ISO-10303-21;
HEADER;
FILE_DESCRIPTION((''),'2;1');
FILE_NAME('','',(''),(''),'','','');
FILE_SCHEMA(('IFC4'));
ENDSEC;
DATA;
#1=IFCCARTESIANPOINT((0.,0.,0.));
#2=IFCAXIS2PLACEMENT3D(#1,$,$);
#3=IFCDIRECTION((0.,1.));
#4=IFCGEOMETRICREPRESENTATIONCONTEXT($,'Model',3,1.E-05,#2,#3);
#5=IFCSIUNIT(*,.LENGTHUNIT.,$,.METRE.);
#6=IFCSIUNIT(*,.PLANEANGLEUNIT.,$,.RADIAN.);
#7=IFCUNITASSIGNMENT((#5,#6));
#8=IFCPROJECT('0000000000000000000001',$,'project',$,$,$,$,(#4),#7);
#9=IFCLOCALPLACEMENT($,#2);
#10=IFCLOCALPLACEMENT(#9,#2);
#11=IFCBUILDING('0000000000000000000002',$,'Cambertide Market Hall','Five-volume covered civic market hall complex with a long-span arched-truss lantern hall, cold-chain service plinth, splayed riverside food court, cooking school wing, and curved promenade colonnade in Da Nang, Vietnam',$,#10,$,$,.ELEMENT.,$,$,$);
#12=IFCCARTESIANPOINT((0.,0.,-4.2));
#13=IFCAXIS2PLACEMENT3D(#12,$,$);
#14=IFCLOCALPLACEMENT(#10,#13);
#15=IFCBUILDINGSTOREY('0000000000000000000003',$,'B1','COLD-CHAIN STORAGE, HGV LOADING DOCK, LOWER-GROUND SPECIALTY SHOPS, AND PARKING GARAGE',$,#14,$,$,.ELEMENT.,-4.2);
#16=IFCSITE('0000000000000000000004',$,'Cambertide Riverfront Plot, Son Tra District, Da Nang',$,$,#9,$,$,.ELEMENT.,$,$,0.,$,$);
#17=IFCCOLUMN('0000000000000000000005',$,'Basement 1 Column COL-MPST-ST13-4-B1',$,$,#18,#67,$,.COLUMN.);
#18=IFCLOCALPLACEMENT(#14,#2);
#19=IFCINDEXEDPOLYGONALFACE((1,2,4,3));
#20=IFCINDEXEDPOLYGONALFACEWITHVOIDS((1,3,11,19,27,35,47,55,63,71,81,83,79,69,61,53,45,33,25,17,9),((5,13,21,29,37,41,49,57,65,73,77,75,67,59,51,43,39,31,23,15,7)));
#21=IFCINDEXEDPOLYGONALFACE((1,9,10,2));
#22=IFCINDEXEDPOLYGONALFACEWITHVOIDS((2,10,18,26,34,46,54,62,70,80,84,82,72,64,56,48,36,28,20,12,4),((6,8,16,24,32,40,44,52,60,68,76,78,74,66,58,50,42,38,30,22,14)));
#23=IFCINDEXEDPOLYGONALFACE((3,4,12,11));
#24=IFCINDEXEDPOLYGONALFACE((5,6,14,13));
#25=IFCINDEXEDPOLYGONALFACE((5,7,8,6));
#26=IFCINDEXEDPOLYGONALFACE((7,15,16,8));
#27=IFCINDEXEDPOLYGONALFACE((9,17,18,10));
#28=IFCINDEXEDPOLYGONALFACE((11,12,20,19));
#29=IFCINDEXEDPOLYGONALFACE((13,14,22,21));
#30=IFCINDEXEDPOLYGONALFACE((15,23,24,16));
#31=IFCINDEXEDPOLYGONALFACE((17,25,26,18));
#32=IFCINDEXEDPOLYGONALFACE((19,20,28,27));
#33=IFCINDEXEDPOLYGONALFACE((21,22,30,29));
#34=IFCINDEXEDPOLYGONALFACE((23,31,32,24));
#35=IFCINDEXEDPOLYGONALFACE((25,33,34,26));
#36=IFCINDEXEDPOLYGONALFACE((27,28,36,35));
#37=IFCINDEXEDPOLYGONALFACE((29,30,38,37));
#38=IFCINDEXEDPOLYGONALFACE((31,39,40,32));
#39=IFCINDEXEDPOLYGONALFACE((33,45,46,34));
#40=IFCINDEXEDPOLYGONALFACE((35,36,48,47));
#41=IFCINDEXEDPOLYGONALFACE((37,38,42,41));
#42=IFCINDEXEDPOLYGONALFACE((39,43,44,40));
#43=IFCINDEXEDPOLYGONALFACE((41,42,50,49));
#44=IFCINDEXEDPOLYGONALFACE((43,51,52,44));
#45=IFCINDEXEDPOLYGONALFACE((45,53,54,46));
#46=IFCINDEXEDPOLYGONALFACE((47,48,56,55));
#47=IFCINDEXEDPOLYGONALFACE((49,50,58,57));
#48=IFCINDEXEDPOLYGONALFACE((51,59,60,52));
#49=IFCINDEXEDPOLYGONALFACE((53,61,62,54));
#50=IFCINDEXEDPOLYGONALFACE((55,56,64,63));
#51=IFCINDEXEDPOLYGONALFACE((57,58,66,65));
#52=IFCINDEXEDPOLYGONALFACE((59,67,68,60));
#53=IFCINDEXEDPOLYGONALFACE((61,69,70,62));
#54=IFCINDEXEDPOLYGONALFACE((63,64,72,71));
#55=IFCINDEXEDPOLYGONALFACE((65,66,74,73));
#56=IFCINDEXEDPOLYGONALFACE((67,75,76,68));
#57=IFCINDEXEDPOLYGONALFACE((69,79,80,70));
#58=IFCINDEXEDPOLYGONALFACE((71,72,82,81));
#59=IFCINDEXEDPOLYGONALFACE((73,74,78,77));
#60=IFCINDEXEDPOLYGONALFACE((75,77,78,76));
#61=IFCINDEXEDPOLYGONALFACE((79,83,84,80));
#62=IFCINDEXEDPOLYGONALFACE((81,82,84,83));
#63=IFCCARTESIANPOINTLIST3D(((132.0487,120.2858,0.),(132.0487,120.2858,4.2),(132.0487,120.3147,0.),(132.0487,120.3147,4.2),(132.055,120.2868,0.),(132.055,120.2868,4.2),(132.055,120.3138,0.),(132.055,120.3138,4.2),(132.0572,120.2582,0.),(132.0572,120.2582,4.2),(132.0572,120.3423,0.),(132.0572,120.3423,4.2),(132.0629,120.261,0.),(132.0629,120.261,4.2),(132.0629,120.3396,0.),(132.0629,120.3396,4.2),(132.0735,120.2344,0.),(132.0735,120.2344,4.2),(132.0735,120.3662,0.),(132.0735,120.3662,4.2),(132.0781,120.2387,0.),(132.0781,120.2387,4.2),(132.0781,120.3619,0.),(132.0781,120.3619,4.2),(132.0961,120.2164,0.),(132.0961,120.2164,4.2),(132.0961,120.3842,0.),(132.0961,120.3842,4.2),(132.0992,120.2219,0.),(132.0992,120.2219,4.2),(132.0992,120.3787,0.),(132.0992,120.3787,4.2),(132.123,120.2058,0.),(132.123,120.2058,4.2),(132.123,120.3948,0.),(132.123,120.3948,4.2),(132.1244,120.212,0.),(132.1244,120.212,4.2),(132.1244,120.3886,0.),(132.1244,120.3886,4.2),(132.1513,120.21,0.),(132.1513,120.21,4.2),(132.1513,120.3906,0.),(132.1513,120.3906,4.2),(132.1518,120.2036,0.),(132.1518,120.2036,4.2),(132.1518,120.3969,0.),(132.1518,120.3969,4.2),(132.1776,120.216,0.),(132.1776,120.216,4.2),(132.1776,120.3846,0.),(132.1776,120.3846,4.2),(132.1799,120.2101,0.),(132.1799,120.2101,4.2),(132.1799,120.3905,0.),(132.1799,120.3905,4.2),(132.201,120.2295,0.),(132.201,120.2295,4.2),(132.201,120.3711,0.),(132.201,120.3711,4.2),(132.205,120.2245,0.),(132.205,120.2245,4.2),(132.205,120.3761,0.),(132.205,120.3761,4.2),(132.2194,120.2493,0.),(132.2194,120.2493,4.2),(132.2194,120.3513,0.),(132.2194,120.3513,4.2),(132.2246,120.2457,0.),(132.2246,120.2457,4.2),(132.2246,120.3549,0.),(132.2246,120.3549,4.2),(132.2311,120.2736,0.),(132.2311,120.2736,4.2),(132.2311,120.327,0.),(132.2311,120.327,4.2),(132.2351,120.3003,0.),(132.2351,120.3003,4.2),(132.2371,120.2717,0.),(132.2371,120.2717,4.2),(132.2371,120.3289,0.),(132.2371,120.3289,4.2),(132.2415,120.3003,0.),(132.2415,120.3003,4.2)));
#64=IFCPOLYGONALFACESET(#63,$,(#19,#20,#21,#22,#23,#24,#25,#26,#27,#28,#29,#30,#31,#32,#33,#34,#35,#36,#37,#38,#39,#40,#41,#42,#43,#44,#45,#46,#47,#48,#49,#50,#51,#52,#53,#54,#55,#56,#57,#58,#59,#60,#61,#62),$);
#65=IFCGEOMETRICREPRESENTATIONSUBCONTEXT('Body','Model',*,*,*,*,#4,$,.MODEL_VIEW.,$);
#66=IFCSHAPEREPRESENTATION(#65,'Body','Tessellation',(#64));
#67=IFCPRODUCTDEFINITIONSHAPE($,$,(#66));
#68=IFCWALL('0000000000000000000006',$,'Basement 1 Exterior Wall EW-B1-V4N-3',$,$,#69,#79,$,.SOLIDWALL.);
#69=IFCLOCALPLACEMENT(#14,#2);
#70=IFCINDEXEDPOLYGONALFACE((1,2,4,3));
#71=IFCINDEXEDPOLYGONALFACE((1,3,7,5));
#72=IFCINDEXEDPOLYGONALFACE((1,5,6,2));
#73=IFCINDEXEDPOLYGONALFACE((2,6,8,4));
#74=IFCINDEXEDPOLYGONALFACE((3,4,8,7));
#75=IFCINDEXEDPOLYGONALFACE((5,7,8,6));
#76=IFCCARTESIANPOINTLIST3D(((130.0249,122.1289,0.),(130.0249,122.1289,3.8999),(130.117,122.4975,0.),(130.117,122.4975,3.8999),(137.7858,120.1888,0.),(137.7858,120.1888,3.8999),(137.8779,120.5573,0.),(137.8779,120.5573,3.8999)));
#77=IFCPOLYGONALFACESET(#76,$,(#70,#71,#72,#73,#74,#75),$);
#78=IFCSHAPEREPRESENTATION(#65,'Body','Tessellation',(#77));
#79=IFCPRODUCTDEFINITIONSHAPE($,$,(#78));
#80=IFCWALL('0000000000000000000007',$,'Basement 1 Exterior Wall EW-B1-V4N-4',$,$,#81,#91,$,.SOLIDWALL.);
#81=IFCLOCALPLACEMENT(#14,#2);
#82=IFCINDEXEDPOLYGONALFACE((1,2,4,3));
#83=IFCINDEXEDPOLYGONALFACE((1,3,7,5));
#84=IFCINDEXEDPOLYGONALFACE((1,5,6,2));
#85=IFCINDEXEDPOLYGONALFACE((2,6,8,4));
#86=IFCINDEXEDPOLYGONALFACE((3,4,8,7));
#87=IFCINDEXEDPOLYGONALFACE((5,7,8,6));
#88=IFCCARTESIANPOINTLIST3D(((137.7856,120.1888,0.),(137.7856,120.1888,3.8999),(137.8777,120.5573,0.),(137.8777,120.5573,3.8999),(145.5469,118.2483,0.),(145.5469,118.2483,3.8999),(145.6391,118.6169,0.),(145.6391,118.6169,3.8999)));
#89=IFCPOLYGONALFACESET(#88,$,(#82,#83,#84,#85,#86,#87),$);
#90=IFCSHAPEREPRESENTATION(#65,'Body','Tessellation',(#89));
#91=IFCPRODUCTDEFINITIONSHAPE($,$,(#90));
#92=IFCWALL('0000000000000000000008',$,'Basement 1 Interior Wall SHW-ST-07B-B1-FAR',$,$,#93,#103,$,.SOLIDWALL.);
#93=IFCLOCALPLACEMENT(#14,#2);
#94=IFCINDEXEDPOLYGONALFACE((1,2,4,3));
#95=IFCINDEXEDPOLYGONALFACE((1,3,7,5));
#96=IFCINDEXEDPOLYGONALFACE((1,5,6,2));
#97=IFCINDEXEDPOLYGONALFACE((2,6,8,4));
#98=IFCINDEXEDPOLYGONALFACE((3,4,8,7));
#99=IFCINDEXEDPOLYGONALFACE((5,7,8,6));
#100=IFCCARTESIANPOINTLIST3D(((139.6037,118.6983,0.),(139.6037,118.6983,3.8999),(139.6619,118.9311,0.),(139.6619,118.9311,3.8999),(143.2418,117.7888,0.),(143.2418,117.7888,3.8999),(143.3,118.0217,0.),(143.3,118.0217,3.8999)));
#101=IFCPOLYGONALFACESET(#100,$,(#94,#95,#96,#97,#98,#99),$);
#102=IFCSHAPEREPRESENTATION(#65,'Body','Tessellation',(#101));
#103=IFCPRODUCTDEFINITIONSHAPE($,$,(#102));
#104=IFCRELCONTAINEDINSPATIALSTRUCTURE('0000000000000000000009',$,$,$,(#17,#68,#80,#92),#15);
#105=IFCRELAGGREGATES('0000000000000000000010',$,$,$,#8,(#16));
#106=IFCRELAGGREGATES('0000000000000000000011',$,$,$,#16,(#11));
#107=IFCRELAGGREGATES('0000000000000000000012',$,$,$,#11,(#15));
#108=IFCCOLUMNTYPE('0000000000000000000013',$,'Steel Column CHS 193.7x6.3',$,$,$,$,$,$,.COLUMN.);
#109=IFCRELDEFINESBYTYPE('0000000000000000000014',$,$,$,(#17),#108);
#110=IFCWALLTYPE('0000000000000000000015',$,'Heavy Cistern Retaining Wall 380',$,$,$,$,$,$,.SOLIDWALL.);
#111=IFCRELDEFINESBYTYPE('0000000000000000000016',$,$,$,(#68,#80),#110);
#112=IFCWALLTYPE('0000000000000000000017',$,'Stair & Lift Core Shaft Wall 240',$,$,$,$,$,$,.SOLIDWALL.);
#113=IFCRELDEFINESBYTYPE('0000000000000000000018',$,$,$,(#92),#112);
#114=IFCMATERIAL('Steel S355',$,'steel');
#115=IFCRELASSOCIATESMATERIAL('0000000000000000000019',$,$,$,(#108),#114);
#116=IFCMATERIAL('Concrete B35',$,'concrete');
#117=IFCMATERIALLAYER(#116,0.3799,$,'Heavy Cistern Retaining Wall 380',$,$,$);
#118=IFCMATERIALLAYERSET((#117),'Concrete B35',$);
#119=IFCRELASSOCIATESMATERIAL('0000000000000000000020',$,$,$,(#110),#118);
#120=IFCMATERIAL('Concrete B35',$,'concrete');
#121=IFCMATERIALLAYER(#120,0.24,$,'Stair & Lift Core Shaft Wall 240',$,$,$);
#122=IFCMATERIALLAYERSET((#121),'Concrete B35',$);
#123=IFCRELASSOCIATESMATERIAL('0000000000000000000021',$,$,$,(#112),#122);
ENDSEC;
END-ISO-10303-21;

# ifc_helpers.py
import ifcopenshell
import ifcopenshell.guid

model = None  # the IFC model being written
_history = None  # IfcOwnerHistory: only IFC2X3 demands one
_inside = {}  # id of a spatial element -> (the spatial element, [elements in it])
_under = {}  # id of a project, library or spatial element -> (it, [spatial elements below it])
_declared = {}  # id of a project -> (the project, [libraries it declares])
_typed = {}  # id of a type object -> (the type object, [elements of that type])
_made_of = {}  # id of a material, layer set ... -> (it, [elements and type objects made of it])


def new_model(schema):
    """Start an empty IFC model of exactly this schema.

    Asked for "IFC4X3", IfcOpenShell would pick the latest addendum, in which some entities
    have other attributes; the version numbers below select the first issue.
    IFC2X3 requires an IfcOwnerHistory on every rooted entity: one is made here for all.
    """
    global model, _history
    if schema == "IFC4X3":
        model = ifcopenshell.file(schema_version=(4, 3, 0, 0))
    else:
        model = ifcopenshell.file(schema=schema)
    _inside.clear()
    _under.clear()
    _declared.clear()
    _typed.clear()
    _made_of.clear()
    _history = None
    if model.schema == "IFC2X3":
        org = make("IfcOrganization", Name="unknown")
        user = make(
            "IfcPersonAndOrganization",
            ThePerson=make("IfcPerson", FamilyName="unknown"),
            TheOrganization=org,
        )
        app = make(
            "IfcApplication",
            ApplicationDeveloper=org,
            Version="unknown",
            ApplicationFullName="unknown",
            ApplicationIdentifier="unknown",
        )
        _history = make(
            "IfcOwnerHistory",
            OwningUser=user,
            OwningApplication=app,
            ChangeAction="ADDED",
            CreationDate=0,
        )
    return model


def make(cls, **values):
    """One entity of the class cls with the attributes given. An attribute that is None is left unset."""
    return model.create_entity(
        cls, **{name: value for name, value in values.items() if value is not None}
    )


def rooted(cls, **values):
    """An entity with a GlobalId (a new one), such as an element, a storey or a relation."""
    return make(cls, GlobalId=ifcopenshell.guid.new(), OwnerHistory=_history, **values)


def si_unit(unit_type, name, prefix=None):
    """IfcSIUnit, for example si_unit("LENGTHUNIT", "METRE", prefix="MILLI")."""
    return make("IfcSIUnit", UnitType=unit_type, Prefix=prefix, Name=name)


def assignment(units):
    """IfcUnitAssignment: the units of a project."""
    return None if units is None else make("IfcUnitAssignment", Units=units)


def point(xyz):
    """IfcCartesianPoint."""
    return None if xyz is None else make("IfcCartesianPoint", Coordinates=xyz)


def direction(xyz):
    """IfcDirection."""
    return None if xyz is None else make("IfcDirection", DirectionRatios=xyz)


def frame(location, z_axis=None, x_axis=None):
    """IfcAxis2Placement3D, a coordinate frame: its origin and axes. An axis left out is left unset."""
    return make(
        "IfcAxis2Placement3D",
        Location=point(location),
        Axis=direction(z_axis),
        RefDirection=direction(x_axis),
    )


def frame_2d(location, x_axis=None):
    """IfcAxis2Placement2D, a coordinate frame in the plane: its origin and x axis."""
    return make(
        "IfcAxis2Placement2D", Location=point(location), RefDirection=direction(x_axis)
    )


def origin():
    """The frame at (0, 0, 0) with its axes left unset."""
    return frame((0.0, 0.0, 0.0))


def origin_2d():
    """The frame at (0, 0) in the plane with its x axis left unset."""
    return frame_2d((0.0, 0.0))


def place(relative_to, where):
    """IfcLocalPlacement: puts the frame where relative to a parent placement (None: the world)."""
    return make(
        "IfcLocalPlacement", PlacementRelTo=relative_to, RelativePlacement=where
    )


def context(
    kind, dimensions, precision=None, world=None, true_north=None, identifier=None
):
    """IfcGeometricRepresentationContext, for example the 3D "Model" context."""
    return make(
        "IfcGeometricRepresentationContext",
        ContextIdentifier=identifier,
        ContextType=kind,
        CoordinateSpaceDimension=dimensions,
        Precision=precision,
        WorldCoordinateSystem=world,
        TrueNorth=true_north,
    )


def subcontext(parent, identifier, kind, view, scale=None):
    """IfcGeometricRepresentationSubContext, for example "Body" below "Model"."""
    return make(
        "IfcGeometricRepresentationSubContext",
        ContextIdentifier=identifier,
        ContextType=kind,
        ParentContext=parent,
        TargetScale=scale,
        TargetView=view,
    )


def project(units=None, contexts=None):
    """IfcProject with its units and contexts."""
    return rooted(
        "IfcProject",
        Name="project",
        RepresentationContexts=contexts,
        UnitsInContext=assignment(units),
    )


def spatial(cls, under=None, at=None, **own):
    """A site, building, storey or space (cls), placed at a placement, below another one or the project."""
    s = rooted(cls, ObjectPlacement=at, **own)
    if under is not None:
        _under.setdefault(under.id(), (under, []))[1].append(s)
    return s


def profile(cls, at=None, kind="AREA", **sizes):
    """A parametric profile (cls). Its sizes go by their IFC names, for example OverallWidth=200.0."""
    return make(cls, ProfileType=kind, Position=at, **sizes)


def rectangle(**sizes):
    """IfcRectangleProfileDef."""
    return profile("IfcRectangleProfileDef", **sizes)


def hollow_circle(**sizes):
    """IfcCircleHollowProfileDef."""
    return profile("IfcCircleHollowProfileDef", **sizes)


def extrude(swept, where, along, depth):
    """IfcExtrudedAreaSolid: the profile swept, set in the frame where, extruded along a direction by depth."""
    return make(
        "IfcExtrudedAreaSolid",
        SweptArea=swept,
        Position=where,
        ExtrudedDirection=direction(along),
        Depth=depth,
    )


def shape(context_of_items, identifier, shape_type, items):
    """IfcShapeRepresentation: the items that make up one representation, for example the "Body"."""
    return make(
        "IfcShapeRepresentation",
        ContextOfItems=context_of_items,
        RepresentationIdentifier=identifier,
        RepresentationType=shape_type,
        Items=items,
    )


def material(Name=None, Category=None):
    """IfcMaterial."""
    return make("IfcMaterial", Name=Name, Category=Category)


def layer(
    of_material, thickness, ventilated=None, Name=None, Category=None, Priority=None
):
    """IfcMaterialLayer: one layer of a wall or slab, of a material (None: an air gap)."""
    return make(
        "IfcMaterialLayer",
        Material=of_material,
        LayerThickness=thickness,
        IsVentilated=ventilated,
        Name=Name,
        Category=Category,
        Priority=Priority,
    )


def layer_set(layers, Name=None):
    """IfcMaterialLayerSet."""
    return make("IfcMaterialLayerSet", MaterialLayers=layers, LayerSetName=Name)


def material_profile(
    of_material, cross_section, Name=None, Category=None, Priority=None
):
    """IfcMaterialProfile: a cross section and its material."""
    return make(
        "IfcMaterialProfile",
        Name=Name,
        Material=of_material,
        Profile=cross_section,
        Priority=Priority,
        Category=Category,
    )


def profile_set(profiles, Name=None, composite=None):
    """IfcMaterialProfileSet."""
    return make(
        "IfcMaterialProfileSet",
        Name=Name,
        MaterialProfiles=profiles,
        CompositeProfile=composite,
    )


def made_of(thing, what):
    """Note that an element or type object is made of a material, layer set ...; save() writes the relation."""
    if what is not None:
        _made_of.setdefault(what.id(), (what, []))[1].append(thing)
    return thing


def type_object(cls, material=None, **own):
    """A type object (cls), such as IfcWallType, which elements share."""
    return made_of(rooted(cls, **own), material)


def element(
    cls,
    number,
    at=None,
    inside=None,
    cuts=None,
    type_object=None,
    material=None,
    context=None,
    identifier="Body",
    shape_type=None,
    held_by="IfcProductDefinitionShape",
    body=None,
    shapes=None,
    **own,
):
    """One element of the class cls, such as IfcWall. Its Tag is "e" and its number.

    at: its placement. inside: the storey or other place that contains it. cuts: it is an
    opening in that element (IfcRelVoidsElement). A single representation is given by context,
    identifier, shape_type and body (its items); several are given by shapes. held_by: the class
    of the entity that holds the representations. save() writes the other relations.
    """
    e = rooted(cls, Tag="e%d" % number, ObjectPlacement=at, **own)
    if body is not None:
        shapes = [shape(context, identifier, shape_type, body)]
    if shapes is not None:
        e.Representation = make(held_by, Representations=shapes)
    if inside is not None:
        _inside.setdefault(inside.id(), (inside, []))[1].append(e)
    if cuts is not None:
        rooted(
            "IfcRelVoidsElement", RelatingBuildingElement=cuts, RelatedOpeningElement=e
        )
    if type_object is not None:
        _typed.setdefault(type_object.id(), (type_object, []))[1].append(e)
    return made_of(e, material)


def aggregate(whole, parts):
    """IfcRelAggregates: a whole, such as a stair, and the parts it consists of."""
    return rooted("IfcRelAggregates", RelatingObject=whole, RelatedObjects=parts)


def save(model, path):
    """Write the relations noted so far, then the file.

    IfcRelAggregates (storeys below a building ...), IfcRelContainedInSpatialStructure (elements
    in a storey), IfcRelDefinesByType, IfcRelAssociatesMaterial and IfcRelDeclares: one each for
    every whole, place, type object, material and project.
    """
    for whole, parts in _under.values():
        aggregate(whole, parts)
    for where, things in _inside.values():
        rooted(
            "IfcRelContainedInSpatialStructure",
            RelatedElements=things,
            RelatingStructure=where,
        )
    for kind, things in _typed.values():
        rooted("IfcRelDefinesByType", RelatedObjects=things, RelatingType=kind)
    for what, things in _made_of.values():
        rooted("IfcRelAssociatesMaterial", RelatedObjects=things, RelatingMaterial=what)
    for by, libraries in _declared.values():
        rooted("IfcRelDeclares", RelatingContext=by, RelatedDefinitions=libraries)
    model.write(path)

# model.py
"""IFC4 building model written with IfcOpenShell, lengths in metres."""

from ifc_helpers import new_model, si_unit, direction, frame, frame_2d, origin, origin_2d, place, context, subcontext, project, spatial, rectangle, hollow_circle, extrude, material, layer, layer_set, material_profile, profile_set, type_object, element, save


model = new_model("IFC4")

# Units and contexts
model_context = context("Model", 3, precision=1e-05, world=origin(), true_north=direction((0.0, 1.0)))
body_context = subcontext(model_context, "Body", "Model", "MODEL_VIEW")
ifc_project = project(units=[si_unit("LENGTHUNIT", "METRE"), si_unit("PLANEANGLEUNIT", "RADIAN")], contexts=[model_context])

# Site, building, storey
site_placement = place(None, origin())
site = spatial("IfcSite", under=ifc_project, at=site_placement, Name="Cambertide Riverfront Plot, Son Tra District, Da Nang", CompositionType="ELEMENT", RefElevation=0.0)
building_placement = place(site_placement, origin())
building = spatial("IfcBuilding", under=site, at=building_placement, Name="Cambertide Market Hall", Description="Five-volume covered civic market hall complex with a long-span arched-truss lantern hall, cold-chain service plinth, splayed riverside food court, cooking school wing, and curved promenade colonnade in Da Nang, Vietnam", CompositionType="ELEMENT")
storey_placement = place(building_placement, frame((0.0, 0.0, -4.2)))
storey = spatial("IfcBuildingStorey", under=building, at=storey_placement, Name="B1", Description="COLD-CHAIN STORAGE, HGV LOADING DOCK, LOWER-GROUND SPECIALTY SHOPS, AND PARKING GARAGE", CompositionType="ELEMENT", Elevation=-4.2)

# Column
ifc_material_1 = material(Name="Steel S355", Category="steel")
ifc_material_profile_1 = material_profile(ifc_material_1, hollow_circle(Radius=0.0969, WallThickness=0.0063, at=origin_2d()), Name="CHS 193.7x6.3")
ifc_profile_set_1 = profile_set([ifc_material_profile_1], Name="Steel S355")
column_type_1 = type_object("IfcColumnType", Name="Steel Column CHS 193.7x6.3", PredefinedType="COLUMN", material=ifc_profile_set_1)
for number, where, z_axis, x_axis, name in (
    (1, (132.1445, 120.3003, 0.0), (0.0, 0.0, 1.0), (1.0, 0.0, 0.0), "Basement 1 Column COL-MPST-ST13-4-B1"),
):
    element("IfcColumn", number, at=place(storey_placement, frame(where, z_axis=z_axis, x_axis=x_axis)), inside=storey, type_object=column_type_1, Name=name, PredefinedType="COLUMN", context=body_context, shape_type="SweptSolid", body=[
        extrude(hollow_circle(Radius=0.0969, WallThickness=0.0063, at=origin_2d()), origin(), (0.0, 0.0, 1.0), 4.2),
    ])

# Walls
ifc_material_2 = material(Name="Concrete B35", Category="concrete")
ifc_layer_1 = layer(ifc_material_2, 0.3799, Name="Heavy Cistern Retaining Wall 380")
ifc_layer_set_1 = layer_set([ifc_layer_1], Name="Concrete B35")
wall_type_1 = type_object("IfcWallType", Name="Heavy Cistern Retaining Wall 380", PredefinedType="SOLIDWALL", material=ifc_layer_set_1)
wall_1_placement = place(storey_placement, frame((130.0708, 122.3132, 0.0), z_axis=(0.0, 0.0, 1.0), x_axis=(0.970144, -0.242528, 0.0)))
element("IfcWall", 2, at=wall_1_placement, inside=storey, type_object=wall_type_1, Name="Basement 1 Exterior Wall EW-B1-V4N-3", PredefinedType="SOLIDWALL", context=body_context, shape_type="SweptSolid", body=[
    extrude(rectangle(XDim=7.9998, YDim=0.3799, at=frame_2d((4.0, 0.0))), origin(), (0.0, 0.0, 1.0), 3.8999),
])
wall_2_placement = place(storey_placement, frame((137.8318, 120.373, 0.0), z_axis=(0.0, 0.0, 1.0), x_axis=(0.970139, -0.24255, 0.0)))
element("IfcWall", 3, at=wall_2_placement, inside=storey, type_object=wall_type_1, Name="Basement 1 Exterior Wall EW-B1-V4N-4", PredefinedType="SOLIDWALL", context=body_context, shape_type="SweptSolid", body=[
    extrude(rectangle(XDim=8.0002, YDim=0.3799, at=frame_2d((4.0, 0.0))), origin(), (0.0, 0.0, 1.0), 3.8999),
])
ifc_material_3 = material(Name="Concrete B35", Category="concrete")
ifc_layer_2 = layer(ifc_material_3, 0.24, Name="Stair & Lift Core Shaft Wall 240")
ifc_layer_set_2 = layer_set([ifc_layer_2], Name="Concrete B35")
wall_type_2 = type_object("IfcWallType", Name="Stair & Lift Core Shaft Wall 240", PredefinedType="SOLIDWALL", material=ifc_layer_set_2)
wall_3_placement = place(storey_placement, frame((139.6328, 118.8147, 0.0), z_axis=(0.0, 0.0, 1.0), x_axis=(0.970146, -0.24252, 0.0)))
element("IfcWall", 4, at=wall_3_placement, inside=storey, type_object=wall_type_2, Name="Basement 1 Interior Wall SHW-ST-07B-B1-FAR", PredefinedType="SOLIDWALL", context=body_context, shape_type="SweptSolid", body=[
    extrude(rectangle(XDim=3.75, YDim=0.24, at=frame_2d((1.875, 0.0))), origin(), (0.0, 0.0, 1.0), 3.8999),
])

save(model, "model.ifc")
